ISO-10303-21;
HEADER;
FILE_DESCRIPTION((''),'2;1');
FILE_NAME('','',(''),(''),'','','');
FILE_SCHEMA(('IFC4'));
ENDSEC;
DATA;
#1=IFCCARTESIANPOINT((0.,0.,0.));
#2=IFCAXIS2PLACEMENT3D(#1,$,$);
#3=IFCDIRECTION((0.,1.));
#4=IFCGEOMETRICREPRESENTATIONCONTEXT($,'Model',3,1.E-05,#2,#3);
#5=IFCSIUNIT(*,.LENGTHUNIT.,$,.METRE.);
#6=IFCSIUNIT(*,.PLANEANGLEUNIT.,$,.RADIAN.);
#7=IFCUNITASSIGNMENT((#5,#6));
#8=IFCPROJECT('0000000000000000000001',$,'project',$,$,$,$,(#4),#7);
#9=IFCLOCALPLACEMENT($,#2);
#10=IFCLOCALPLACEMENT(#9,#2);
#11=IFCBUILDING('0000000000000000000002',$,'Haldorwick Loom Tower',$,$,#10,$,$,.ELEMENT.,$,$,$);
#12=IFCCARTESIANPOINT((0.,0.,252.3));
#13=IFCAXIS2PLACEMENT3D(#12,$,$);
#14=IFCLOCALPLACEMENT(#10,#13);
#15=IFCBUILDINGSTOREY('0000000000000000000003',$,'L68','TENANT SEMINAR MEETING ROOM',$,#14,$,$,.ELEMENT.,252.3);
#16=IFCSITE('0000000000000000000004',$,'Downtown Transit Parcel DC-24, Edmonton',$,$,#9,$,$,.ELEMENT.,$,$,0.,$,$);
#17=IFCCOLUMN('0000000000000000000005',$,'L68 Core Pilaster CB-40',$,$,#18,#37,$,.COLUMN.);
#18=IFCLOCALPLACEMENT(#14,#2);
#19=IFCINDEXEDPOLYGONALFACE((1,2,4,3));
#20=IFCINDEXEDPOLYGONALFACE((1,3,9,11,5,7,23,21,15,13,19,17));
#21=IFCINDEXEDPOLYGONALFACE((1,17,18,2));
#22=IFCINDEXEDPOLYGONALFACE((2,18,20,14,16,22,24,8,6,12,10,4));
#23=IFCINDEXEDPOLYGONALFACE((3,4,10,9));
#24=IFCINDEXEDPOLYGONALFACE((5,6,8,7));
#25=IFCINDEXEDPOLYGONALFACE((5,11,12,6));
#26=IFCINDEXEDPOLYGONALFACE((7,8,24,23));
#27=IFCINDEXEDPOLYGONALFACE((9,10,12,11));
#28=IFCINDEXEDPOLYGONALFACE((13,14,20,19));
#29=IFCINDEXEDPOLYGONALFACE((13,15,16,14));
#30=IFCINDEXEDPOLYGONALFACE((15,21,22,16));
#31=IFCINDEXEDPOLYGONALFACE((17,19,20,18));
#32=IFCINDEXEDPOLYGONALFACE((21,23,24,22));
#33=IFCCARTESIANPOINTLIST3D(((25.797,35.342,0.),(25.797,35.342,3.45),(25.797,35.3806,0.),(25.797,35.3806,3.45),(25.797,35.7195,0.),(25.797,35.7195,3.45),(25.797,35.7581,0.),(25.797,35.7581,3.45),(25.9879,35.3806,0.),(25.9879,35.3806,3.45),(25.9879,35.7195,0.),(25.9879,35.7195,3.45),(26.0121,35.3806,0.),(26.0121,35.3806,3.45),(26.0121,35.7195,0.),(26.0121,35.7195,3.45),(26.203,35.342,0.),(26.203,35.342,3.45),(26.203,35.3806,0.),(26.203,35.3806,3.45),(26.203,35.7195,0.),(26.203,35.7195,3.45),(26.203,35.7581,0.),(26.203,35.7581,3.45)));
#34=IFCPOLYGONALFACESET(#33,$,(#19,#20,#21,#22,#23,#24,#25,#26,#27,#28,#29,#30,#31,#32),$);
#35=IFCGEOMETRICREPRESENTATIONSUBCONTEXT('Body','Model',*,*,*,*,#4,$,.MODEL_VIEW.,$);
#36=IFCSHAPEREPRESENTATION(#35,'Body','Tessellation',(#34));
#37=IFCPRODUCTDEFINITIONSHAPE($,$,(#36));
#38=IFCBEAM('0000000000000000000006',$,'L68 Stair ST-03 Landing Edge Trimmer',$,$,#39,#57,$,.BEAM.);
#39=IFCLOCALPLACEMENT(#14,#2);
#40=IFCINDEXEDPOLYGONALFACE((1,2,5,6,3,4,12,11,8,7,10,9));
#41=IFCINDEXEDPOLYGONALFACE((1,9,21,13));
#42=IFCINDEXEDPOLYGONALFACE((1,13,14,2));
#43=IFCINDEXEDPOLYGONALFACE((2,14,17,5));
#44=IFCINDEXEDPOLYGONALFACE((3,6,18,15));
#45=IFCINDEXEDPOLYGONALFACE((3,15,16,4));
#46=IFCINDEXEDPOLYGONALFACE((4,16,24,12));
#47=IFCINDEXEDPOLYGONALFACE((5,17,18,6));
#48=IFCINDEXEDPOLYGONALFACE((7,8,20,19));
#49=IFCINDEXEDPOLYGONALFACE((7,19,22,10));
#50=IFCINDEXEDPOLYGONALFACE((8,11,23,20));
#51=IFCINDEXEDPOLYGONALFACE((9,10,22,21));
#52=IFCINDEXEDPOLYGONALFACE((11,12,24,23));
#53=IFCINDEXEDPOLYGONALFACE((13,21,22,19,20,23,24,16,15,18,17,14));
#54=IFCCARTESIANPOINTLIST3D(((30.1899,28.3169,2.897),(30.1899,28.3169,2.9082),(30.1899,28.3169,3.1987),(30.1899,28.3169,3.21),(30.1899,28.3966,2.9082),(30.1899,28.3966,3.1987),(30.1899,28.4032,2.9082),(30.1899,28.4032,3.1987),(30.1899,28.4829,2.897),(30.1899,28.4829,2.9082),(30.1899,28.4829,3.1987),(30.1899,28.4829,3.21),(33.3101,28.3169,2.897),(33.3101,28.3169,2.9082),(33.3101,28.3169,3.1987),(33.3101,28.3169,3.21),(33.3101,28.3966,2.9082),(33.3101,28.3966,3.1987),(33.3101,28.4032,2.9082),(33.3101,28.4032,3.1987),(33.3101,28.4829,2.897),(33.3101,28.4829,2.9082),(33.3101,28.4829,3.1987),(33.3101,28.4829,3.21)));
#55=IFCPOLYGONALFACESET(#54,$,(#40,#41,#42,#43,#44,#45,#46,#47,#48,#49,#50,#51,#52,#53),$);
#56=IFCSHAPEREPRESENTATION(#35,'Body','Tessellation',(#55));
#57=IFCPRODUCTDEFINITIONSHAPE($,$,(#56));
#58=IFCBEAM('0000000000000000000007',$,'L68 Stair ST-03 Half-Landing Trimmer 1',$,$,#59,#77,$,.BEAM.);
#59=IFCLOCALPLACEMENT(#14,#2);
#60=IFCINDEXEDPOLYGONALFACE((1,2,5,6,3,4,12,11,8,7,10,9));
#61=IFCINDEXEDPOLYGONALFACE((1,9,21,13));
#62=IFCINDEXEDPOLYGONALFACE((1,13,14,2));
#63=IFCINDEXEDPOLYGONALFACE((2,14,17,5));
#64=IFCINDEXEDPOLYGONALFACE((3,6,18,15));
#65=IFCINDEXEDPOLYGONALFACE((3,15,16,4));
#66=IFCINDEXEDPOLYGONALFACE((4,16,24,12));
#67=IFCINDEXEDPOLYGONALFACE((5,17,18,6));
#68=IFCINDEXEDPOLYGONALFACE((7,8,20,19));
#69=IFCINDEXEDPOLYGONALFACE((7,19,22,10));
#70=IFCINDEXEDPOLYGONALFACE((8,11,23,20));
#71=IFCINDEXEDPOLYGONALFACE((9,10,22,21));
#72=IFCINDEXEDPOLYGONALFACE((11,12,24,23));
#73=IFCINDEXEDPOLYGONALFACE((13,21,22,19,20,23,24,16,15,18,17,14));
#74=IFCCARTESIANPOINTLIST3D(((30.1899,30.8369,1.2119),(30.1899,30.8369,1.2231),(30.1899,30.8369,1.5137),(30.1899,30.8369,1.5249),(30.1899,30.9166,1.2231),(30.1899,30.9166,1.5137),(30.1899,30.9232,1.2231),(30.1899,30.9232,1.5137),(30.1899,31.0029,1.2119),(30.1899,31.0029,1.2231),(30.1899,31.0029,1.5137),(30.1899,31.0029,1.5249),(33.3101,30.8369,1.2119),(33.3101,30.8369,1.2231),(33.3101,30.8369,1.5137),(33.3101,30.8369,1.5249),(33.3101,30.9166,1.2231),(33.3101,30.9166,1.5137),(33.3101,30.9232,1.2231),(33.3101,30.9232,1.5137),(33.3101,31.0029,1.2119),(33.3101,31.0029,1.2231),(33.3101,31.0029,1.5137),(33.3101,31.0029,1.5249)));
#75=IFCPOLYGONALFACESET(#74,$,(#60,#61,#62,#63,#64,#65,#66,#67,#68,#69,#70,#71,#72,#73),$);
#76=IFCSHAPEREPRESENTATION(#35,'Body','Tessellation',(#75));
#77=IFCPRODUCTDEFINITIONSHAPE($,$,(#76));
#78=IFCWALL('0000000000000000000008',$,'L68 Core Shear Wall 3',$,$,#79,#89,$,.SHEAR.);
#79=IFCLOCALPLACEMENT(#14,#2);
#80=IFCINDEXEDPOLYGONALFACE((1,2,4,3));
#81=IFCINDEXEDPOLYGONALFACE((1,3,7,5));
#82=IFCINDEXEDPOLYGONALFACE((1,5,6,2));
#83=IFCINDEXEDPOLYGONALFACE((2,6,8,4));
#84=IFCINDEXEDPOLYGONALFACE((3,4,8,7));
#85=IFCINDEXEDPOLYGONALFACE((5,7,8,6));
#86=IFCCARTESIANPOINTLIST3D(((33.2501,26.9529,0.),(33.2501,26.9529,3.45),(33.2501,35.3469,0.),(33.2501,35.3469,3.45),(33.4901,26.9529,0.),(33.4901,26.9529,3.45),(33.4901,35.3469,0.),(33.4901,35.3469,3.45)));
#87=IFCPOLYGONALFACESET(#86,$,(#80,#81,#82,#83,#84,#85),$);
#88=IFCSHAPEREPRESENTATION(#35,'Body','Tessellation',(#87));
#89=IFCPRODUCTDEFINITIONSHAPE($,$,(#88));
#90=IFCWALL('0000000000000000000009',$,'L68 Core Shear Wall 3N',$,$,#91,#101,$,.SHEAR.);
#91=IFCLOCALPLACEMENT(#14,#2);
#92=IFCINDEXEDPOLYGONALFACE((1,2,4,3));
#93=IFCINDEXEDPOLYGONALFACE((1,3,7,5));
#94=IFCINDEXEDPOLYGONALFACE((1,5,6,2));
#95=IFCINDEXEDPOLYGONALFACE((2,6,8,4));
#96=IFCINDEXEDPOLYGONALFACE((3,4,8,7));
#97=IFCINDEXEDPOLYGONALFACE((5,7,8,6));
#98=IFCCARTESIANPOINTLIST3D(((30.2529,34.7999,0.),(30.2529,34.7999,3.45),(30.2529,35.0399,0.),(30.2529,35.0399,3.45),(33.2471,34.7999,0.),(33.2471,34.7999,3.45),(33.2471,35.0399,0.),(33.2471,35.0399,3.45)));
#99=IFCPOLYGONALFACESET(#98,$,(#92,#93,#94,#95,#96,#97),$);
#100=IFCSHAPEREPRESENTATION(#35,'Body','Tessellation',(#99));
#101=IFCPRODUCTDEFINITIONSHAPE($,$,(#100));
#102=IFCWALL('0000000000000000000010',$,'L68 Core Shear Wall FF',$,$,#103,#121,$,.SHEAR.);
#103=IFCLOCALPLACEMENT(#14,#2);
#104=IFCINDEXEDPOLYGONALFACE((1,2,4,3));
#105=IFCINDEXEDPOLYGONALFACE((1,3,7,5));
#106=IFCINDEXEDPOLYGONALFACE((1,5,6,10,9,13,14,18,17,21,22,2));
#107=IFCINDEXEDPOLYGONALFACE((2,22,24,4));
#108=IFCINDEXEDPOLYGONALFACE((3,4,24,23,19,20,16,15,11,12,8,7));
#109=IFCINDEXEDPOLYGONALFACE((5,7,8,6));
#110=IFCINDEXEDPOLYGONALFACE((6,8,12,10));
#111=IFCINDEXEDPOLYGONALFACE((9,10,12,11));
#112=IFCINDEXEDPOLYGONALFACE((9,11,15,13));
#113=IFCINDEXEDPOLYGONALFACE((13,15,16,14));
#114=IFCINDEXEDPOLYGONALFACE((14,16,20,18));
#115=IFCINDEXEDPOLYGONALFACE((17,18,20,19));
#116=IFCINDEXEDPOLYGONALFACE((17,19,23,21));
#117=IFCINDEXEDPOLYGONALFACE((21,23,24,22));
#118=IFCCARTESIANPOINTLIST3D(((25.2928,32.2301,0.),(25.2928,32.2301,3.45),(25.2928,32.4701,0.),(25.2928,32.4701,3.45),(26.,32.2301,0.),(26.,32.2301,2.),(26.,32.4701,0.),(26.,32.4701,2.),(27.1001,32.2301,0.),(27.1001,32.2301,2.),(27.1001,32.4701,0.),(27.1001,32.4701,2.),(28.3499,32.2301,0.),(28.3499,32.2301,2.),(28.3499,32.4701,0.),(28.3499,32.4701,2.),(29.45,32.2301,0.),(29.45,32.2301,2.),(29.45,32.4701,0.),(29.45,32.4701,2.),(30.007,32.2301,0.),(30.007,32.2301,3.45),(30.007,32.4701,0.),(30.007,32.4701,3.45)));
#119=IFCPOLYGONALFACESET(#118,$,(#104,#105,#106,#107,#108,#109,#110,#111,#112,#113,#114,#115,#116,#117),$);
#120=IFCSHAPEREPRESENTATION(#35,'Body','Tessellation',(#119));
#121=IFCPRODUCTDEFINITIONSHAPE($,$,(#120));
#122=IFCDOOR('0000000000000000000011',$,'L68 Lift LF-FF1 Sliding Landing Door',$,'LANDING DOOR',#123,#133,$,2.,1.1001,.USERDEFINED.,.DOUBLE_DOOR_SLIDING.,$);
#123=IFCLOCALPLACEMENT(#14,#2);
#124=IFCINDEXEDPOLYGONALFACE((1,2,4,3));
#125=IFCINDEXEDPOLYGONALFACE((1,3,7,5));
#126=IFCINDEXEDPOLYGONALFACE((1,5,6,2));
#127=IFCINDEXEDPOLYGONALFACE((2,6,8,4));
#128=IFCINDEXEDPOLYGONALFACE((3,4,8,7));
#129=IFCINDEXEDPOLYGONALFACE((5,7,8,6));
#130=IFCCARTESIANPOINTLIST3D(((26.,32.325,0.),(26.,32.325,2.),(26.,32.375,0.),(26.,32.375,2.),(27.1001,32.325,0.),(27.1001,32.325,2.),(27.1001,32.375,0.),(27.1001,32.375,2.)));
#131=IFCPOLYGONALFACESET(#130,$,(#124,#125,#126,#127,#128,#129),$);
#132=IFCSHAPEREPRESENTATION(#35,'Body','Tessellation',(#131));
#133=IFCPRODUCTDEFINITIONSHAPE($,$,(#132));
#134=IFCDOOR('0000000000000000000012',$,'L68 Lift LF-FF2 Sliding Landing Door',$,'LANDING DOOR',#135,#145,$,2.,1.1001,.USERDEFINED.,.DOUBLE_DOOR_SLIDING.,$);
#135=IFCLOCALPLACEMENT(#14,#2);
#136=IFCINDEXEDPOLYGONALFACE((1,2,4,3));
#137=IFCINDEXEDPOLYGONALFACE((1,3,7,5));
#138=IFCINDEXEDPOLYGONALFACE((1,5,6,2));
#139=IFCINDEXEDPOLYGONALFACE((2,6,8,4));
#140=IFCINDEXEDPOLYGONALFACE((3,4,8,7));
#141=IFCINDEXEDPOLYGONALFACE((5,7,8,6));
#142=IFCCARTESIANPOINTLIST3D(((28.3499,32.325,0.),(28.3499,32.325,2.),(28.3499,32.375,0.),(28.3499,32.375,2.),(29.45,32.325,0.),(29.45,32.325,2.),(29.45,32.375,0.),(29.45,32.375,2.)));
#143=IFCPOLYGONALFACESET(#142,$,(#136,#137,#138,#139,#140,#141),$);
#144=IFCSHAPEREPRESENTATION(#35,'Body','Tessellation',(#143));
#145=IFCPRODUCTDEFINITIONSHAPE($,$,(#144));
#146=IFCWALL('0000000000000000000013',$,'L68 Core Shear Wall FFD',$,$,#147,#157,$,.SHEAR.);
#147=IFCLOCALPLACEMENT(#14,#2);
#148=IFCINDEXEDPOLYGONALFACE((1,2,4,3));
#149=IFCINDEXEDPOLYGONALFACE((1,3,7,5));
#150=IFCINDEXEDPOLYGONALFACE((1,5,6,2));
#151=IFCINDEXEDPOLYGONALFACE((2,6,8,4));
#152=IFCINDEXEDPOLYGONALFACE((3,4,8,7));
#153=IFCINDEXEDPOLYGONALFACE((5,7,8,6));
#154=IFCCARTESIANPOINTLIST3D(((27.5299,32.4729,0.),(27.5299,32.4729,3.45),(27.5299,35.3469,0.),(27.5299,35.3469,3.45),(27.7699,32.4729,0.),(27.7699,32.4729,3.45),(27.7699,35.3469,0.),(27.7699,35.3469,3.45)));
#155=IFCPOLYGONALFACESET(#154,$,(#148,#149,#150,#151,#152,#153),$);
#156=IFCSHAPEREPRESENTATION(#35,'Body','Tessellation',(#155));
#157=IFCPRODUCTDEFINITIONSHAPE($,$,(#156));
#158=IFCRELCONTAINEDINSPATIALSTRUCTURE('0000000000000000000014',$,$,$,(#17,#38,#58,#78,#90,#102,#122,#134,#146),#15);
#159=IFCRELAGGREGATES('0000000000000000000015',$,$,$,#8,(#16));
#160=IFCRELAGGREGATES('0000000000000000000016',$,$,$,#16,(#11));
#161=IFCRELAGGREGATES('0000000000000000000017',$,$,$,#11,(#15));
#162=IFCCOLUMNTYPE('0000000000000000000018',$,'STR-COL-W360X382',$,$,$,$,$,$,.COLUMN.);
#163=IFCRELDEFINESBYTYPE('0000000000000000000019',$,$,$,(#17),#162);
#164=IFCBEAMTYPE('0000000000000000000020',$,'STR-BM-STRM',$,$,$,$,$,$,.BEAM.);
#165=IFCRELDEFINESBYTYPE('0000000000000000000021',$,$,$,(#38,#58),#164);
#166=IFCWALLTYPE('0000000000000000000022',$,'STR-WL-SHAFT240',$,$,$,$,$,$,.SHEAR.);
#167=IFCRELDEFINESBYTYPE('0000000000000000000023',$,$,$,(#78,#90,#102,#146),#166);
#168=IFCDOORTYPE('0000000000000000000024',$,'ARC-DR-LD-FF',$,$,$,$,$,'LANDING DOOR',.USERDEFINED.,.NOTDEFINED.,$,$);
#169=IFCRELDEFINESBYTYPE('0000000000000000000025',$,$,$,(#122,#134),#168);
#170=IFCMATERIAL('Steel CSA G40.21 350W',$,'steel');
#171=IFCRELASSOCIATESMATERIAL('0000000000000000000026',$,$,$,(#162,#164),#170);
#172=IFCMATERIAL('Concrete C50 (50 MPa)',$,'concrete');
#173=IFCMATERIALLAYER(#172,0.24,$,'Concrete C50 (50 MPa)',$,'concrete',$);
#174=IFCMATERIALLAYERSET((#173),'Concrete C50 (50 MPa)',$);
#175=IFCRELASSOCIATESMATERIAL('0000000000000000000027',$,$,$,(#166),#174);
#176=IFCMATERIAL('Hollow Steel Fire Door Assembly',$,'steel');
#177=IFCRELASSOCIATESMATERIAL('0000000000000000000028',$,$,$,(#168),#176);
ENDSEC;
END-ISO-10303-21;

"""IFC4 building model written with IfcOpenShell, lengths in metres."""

from ifc_helpers import new_model, si_unit, direction, frame, frame_2d, origin, origin_2d, place, context, subcontext, project, spatial, rectangle, i_section, extrude, material, layer, layer_set, material_profile, profile_set, type_object, element, fill, save


model = new_model("IFC4")

# Units and contexts
model_context = context("Model", 3, precision=1e-05, world=origin(), true_north=direction((0.0, 1.0)))
body_context = subcontext(model_context, "Body", "Model", "MODEL_VIEW")
ifc_project = project(units=[si_unit("LENGTHUNIT", "METRE"), si_unit("PLANEANGLEUNIT", "RADIAN")], contexts=[model_context])

# Site, building, storey
site_placement = place(None, origin())
site = spatial("IfcSite", under=ifc_project, at=site_placement, Name="Downtown Transit Parcel DC-24, Edmonton", CompositionType="ELEMENT", RefElevation=0.0)
building_placement = place(site_placement, origin())
building = spatial("IfcBuilding", under=site, at=building_placement, Name="Haldorwick Loom Tower", CompositionType="ELEMENT")
storey_placement = place(building_placement, frame((0.0, 0.0, 252.3)))
storey = spatial("IfcBuildingStorey", under=building, at=storey_placement, Name="L68", Description="TENANT SEMINAR MEETING ROOM", CompositionType="ELEMENT", Elevation=252.3)

# Column
ifc_material_1 = material(Name="Steel CSA G40.21 350W", Category="steel")
ifc_material_profile_1 = material_profile(ifc_material_1, i_section(OverallWidth=0.406, OverallDepth=0.416, WebThickness=0.0242, FlangeThickness=0.0386, at=origin_2d()), Name="W360X382", Category="steel")
ifc_profile_set_1 = profile_set([ifc_material_profile_1], Name="Steel CSA G40.21 350W")
column_type = type_object("IfcColumnType", Name="STR-COL-W360X382", PredefinedType="COLUMN", material=ifc_profile_set_1)
column_placement = place(storey_placement, frame((26.0, 35.55, 0.0), z_axis=(0.0, 0.0, 1.0), x_axis=(1.0, 0.0, 0.0)))
element("IfcColumn", 1, at=column_placement, inside=storey, type_object=column_type, Name="L68 Core Pilaster CB-40", PredefinedType="COLUMN", context=body_context, shape_type="SweptSolid", body=[
    extrude(i_section(OverallWidth=0.406, OverallDepth=0.416, WebThickness=0.0242, FlangeThickness=0.0386, at=origin_2d()), origin(), (0.0, 0.0, 1.0), 3.45),
])

# Beams
ifc_material_profile_2 = material_profile(ifc_material_1, i_section(OverallWidth=0.166, OverallDepth=0.313, WebThickness=0.0066, FlangeThickness=0.0112, at=origin_2d()), Name="W310X45", Category="steel")
ifc_profile_set_2 = profile_set([ifc_material_profile_2], Name="Steel CSA G40.21 350W")
beam_type = type_object("IfcBeamType", Name="STR-BM-STRM", PredefinedType="BEAM", material=ifc_profile_set_2)
for number, where, z_axis, x_axis, name in (
    (2, (30.1899, 28.3999, 3.0535), (1.0, 0.0, 0.0), (0.0, 1.0, 0.0), "L68 Stair ST-03 Landing Edge Trimmer"),
    (3, (30.1899, 30.9199, 1.3684), (1.0, 0.0, 0.0), (0.0, 1.0, 0.0), "L68 Stair ST-03 Half-Landing Trimmer 1"),
):
    element("IfcBeam", number, at=place(storey_placement, frame(where, z_axis=z_axis, x_axis=x_axis)), inside=storey, type_object=beam_type, Name=name, PredefinedType="BEAM", context=body_context, shape_type="SweptSolid", body=[
        extrude(i_section(OverallWidth=0.166, OverallDepth=0.313, WebThickness=0.0066, FlangeThickness=0.0112, at=origin_2d()), origin(), (0.0, 0.0, 1.0), 3.1201),
    ])

# Walls
ifc_material_2 = material(Name="Concrete C50 (50 MPa)", Category="concrete")
ifc_layer = layer(ifc_material_2, 0.24, Name="Concrete C50 (50 MPa)", Category="concrete")
ifc_layer_set = layer_set([ifc_layer], Name="Concrete C50 (50 MPa)")
wall_type = type_object("IfcWallType", Name="STR-WL-SHAFT240", PredefinedType="SHEAR", material=ifc_layer_set)
wall_1_placement = place(storey_placement, frame((33.3701, 26.9529, 0.0), z_axis=(0.0, 0.0, 1.0), x_axis=(0.0, 1.0, 0.0)))
element("IfcWall", 4, at=wall_1_placement, inside=storey, type_object=wall_type, Name="L68 Core Shear Wall 3", PredefinedType="SHEAR", context=body_context, shape_type="SweptSolid", body=[
    extrude(rectangle(XDim=8.394, YDim=0.24, at=frame_2d((4.197, 0.0))), origin(), (0.0, 0.0, 1.0), 3.45),
])
wall_2_placement = place(storey_placement, frame((30.2529, 34.9199, 0.0), z_axis=(0.0, 0.0, 1.0), x_axis=(1.0, 0.0, 0.0)))
element("IfcWall", 5, at=wall_2_placement, inside=storey, type_object=wall_type, Name="L68 Core Shear Wall 3N", PredefinedType="SHEAR", context=body_context, shape_type="SweptSolid", body=[
    extrude(rectangle(XDim=2.9941, YDim=0.24, at=frame_2d((1.4971, 0.0))), origin(), (0.0, 0.0, 1.0), 3.45),
])

# Wall, openings, doors
wall_3_placement = place(storey_placement, frame((25.293, 32.3501, 0.0), z_axis=(0.0, 0.0, 1.0), x_axis=(1.0, 0.0, 0.0)))
wall_3 = element("IfcWall", 6, at=wall_3_placement, inside=storey, type_object=wall_type, Name="L68 Core Shear Wall FF", PredefinedType="SHEAR", context=body_context, shape_type="SweptSolid", body=[
    extrude(rectangle(XDim=4.7141, YDim=0.24, at=frame_2d((2.3569, 0.0))), origin(), (0.0, 0.0, 1.0), 3.45),
])
opening_1_placement = place(wall_3_placement, frame((0.707, 0.0, 0.0)))
opening_1 = element("IfcOpeningElement", 7, at=opening_1_placement, cuts=wall_3, PredefinedType="OPENING", context=body_context, shape_type="SweptSolid", body=[
    extrude(rectangle(XDim=1.1001, YDim=2.0, at=frame_2d((0.55, 1.0))), frame((0.0, 0.1299, 0.0), z_axis=(0.0, -1.0, 0.0), x_axis=(1.0, 0.0, 0.0)), (0.0, 0.0, 1.0), 0.26),
])
opening_2_placement = place(wall_3_placement, frame((3.0569, 0.0, 0.0)))
opening_2 = element("IfcOpeningElement", 8, at=opening_2_placement, cuts=wall_3, PredefinedType="OPENING", context=body_context, shape_type="SweptSolid", body=[
    extrude(rectangle(XDim=1.1001, YDim=2.0, at=frame_2d((0.55, 1.0))), frame((0.0, 0.1299, 0.0), z_axis=(0.0, -1.0, 0.0), x_axis=(1.0, 0.0, 0.0)), (0.0, 0.0, 1.0), 0.26),
])
ifc_material_3 = material(Name="Hollow Steel Fire Door Assembly", Category="steel")
door_type_1 = type_object("IfcDoorType", Name="ARC-DR-LD-FF", ElementType="LANDING DOOR", OperationType="NOTDEFINED", PredefinedType="USERDEFINED", material=ifc_material_3)
door_1_placement = place(opening_1_placement, origin())
door_1 = element("IfcDoor", 9, at=door_1_placement, inside=storey, type_object=door_type_1, Name="L68 Lift LF-FF1 Sliding Landing Door", ObjectType="LANDING DOOR", OperationType="DOUBLE_DOOR_SLIDING", OverallHeight=2.0, OverallWidth=1.1001, PredefinedType="USERDEFINED", context=body_context, shape_type="SweptSolid", body=[
    extrude(rectangle(XDim=1.1001, YDim=2.0, at=frame_2d((0.55, 1.0))), frame((0.0, 0.0249, 0.0), z_axis=(0.0, -1.0, 0.0), x_axis=(1.0, 0.0, 0.0)), (0.0, 0.0, 1.0), 0.05),
])
fill(opening_1, door_1)
door_2_placement = place(opening_2_placement, origin())
door_2 = element("IfcDoor", 10, at=door_2_placement, inside=storey, type_object=door_type_1, Name="L68 Lift LF-FF2 Sliding Landing Door", ObjectType="LANDING DOOR", OperationType="DOUBLE_DOOR_SLIDING", OverallHeight=2.0, OverallWidth=1.1001, PredefinedType="USERDEFINED", context=body_context, shape_type="SweptSolid", body=[
    extrude(rectangle(XDim=1.1001, YDim=2.0, at=frame_2d((0.55, 1.0))), frame((0.0, 0.0249, 0.0), z_axis=(0.0, -1.0, 0.0), x_axis=(1.0, 0.0, 0.0)), (0.0, 0.0, 1.0), 0.05),
])
fill(opening_2, door_2)

# Wall
wall_4_placement = place(storey_placement, frame((27.6499, 32.4729, 0.0), z_axis=(0.0, 0.0, 1.0), x_axis=(0.0, 1.0, 0.0)))
element("IfcWall", 11, at=wall_4_placement, inside=storey, type_object=wall_type, Name="L68 Core Shear Wall FFD", PredefinedType="SHEAR", context=body_context, shape_type="SweptSolid", body=[
    extrude(rectangle(XDim=2.874, YDim=0.24, at=frame_2d((1.437, 0.0))), origin(), (0.0, 0.0, 1.0), 3.45),
])

save(model, "model.ifc")
